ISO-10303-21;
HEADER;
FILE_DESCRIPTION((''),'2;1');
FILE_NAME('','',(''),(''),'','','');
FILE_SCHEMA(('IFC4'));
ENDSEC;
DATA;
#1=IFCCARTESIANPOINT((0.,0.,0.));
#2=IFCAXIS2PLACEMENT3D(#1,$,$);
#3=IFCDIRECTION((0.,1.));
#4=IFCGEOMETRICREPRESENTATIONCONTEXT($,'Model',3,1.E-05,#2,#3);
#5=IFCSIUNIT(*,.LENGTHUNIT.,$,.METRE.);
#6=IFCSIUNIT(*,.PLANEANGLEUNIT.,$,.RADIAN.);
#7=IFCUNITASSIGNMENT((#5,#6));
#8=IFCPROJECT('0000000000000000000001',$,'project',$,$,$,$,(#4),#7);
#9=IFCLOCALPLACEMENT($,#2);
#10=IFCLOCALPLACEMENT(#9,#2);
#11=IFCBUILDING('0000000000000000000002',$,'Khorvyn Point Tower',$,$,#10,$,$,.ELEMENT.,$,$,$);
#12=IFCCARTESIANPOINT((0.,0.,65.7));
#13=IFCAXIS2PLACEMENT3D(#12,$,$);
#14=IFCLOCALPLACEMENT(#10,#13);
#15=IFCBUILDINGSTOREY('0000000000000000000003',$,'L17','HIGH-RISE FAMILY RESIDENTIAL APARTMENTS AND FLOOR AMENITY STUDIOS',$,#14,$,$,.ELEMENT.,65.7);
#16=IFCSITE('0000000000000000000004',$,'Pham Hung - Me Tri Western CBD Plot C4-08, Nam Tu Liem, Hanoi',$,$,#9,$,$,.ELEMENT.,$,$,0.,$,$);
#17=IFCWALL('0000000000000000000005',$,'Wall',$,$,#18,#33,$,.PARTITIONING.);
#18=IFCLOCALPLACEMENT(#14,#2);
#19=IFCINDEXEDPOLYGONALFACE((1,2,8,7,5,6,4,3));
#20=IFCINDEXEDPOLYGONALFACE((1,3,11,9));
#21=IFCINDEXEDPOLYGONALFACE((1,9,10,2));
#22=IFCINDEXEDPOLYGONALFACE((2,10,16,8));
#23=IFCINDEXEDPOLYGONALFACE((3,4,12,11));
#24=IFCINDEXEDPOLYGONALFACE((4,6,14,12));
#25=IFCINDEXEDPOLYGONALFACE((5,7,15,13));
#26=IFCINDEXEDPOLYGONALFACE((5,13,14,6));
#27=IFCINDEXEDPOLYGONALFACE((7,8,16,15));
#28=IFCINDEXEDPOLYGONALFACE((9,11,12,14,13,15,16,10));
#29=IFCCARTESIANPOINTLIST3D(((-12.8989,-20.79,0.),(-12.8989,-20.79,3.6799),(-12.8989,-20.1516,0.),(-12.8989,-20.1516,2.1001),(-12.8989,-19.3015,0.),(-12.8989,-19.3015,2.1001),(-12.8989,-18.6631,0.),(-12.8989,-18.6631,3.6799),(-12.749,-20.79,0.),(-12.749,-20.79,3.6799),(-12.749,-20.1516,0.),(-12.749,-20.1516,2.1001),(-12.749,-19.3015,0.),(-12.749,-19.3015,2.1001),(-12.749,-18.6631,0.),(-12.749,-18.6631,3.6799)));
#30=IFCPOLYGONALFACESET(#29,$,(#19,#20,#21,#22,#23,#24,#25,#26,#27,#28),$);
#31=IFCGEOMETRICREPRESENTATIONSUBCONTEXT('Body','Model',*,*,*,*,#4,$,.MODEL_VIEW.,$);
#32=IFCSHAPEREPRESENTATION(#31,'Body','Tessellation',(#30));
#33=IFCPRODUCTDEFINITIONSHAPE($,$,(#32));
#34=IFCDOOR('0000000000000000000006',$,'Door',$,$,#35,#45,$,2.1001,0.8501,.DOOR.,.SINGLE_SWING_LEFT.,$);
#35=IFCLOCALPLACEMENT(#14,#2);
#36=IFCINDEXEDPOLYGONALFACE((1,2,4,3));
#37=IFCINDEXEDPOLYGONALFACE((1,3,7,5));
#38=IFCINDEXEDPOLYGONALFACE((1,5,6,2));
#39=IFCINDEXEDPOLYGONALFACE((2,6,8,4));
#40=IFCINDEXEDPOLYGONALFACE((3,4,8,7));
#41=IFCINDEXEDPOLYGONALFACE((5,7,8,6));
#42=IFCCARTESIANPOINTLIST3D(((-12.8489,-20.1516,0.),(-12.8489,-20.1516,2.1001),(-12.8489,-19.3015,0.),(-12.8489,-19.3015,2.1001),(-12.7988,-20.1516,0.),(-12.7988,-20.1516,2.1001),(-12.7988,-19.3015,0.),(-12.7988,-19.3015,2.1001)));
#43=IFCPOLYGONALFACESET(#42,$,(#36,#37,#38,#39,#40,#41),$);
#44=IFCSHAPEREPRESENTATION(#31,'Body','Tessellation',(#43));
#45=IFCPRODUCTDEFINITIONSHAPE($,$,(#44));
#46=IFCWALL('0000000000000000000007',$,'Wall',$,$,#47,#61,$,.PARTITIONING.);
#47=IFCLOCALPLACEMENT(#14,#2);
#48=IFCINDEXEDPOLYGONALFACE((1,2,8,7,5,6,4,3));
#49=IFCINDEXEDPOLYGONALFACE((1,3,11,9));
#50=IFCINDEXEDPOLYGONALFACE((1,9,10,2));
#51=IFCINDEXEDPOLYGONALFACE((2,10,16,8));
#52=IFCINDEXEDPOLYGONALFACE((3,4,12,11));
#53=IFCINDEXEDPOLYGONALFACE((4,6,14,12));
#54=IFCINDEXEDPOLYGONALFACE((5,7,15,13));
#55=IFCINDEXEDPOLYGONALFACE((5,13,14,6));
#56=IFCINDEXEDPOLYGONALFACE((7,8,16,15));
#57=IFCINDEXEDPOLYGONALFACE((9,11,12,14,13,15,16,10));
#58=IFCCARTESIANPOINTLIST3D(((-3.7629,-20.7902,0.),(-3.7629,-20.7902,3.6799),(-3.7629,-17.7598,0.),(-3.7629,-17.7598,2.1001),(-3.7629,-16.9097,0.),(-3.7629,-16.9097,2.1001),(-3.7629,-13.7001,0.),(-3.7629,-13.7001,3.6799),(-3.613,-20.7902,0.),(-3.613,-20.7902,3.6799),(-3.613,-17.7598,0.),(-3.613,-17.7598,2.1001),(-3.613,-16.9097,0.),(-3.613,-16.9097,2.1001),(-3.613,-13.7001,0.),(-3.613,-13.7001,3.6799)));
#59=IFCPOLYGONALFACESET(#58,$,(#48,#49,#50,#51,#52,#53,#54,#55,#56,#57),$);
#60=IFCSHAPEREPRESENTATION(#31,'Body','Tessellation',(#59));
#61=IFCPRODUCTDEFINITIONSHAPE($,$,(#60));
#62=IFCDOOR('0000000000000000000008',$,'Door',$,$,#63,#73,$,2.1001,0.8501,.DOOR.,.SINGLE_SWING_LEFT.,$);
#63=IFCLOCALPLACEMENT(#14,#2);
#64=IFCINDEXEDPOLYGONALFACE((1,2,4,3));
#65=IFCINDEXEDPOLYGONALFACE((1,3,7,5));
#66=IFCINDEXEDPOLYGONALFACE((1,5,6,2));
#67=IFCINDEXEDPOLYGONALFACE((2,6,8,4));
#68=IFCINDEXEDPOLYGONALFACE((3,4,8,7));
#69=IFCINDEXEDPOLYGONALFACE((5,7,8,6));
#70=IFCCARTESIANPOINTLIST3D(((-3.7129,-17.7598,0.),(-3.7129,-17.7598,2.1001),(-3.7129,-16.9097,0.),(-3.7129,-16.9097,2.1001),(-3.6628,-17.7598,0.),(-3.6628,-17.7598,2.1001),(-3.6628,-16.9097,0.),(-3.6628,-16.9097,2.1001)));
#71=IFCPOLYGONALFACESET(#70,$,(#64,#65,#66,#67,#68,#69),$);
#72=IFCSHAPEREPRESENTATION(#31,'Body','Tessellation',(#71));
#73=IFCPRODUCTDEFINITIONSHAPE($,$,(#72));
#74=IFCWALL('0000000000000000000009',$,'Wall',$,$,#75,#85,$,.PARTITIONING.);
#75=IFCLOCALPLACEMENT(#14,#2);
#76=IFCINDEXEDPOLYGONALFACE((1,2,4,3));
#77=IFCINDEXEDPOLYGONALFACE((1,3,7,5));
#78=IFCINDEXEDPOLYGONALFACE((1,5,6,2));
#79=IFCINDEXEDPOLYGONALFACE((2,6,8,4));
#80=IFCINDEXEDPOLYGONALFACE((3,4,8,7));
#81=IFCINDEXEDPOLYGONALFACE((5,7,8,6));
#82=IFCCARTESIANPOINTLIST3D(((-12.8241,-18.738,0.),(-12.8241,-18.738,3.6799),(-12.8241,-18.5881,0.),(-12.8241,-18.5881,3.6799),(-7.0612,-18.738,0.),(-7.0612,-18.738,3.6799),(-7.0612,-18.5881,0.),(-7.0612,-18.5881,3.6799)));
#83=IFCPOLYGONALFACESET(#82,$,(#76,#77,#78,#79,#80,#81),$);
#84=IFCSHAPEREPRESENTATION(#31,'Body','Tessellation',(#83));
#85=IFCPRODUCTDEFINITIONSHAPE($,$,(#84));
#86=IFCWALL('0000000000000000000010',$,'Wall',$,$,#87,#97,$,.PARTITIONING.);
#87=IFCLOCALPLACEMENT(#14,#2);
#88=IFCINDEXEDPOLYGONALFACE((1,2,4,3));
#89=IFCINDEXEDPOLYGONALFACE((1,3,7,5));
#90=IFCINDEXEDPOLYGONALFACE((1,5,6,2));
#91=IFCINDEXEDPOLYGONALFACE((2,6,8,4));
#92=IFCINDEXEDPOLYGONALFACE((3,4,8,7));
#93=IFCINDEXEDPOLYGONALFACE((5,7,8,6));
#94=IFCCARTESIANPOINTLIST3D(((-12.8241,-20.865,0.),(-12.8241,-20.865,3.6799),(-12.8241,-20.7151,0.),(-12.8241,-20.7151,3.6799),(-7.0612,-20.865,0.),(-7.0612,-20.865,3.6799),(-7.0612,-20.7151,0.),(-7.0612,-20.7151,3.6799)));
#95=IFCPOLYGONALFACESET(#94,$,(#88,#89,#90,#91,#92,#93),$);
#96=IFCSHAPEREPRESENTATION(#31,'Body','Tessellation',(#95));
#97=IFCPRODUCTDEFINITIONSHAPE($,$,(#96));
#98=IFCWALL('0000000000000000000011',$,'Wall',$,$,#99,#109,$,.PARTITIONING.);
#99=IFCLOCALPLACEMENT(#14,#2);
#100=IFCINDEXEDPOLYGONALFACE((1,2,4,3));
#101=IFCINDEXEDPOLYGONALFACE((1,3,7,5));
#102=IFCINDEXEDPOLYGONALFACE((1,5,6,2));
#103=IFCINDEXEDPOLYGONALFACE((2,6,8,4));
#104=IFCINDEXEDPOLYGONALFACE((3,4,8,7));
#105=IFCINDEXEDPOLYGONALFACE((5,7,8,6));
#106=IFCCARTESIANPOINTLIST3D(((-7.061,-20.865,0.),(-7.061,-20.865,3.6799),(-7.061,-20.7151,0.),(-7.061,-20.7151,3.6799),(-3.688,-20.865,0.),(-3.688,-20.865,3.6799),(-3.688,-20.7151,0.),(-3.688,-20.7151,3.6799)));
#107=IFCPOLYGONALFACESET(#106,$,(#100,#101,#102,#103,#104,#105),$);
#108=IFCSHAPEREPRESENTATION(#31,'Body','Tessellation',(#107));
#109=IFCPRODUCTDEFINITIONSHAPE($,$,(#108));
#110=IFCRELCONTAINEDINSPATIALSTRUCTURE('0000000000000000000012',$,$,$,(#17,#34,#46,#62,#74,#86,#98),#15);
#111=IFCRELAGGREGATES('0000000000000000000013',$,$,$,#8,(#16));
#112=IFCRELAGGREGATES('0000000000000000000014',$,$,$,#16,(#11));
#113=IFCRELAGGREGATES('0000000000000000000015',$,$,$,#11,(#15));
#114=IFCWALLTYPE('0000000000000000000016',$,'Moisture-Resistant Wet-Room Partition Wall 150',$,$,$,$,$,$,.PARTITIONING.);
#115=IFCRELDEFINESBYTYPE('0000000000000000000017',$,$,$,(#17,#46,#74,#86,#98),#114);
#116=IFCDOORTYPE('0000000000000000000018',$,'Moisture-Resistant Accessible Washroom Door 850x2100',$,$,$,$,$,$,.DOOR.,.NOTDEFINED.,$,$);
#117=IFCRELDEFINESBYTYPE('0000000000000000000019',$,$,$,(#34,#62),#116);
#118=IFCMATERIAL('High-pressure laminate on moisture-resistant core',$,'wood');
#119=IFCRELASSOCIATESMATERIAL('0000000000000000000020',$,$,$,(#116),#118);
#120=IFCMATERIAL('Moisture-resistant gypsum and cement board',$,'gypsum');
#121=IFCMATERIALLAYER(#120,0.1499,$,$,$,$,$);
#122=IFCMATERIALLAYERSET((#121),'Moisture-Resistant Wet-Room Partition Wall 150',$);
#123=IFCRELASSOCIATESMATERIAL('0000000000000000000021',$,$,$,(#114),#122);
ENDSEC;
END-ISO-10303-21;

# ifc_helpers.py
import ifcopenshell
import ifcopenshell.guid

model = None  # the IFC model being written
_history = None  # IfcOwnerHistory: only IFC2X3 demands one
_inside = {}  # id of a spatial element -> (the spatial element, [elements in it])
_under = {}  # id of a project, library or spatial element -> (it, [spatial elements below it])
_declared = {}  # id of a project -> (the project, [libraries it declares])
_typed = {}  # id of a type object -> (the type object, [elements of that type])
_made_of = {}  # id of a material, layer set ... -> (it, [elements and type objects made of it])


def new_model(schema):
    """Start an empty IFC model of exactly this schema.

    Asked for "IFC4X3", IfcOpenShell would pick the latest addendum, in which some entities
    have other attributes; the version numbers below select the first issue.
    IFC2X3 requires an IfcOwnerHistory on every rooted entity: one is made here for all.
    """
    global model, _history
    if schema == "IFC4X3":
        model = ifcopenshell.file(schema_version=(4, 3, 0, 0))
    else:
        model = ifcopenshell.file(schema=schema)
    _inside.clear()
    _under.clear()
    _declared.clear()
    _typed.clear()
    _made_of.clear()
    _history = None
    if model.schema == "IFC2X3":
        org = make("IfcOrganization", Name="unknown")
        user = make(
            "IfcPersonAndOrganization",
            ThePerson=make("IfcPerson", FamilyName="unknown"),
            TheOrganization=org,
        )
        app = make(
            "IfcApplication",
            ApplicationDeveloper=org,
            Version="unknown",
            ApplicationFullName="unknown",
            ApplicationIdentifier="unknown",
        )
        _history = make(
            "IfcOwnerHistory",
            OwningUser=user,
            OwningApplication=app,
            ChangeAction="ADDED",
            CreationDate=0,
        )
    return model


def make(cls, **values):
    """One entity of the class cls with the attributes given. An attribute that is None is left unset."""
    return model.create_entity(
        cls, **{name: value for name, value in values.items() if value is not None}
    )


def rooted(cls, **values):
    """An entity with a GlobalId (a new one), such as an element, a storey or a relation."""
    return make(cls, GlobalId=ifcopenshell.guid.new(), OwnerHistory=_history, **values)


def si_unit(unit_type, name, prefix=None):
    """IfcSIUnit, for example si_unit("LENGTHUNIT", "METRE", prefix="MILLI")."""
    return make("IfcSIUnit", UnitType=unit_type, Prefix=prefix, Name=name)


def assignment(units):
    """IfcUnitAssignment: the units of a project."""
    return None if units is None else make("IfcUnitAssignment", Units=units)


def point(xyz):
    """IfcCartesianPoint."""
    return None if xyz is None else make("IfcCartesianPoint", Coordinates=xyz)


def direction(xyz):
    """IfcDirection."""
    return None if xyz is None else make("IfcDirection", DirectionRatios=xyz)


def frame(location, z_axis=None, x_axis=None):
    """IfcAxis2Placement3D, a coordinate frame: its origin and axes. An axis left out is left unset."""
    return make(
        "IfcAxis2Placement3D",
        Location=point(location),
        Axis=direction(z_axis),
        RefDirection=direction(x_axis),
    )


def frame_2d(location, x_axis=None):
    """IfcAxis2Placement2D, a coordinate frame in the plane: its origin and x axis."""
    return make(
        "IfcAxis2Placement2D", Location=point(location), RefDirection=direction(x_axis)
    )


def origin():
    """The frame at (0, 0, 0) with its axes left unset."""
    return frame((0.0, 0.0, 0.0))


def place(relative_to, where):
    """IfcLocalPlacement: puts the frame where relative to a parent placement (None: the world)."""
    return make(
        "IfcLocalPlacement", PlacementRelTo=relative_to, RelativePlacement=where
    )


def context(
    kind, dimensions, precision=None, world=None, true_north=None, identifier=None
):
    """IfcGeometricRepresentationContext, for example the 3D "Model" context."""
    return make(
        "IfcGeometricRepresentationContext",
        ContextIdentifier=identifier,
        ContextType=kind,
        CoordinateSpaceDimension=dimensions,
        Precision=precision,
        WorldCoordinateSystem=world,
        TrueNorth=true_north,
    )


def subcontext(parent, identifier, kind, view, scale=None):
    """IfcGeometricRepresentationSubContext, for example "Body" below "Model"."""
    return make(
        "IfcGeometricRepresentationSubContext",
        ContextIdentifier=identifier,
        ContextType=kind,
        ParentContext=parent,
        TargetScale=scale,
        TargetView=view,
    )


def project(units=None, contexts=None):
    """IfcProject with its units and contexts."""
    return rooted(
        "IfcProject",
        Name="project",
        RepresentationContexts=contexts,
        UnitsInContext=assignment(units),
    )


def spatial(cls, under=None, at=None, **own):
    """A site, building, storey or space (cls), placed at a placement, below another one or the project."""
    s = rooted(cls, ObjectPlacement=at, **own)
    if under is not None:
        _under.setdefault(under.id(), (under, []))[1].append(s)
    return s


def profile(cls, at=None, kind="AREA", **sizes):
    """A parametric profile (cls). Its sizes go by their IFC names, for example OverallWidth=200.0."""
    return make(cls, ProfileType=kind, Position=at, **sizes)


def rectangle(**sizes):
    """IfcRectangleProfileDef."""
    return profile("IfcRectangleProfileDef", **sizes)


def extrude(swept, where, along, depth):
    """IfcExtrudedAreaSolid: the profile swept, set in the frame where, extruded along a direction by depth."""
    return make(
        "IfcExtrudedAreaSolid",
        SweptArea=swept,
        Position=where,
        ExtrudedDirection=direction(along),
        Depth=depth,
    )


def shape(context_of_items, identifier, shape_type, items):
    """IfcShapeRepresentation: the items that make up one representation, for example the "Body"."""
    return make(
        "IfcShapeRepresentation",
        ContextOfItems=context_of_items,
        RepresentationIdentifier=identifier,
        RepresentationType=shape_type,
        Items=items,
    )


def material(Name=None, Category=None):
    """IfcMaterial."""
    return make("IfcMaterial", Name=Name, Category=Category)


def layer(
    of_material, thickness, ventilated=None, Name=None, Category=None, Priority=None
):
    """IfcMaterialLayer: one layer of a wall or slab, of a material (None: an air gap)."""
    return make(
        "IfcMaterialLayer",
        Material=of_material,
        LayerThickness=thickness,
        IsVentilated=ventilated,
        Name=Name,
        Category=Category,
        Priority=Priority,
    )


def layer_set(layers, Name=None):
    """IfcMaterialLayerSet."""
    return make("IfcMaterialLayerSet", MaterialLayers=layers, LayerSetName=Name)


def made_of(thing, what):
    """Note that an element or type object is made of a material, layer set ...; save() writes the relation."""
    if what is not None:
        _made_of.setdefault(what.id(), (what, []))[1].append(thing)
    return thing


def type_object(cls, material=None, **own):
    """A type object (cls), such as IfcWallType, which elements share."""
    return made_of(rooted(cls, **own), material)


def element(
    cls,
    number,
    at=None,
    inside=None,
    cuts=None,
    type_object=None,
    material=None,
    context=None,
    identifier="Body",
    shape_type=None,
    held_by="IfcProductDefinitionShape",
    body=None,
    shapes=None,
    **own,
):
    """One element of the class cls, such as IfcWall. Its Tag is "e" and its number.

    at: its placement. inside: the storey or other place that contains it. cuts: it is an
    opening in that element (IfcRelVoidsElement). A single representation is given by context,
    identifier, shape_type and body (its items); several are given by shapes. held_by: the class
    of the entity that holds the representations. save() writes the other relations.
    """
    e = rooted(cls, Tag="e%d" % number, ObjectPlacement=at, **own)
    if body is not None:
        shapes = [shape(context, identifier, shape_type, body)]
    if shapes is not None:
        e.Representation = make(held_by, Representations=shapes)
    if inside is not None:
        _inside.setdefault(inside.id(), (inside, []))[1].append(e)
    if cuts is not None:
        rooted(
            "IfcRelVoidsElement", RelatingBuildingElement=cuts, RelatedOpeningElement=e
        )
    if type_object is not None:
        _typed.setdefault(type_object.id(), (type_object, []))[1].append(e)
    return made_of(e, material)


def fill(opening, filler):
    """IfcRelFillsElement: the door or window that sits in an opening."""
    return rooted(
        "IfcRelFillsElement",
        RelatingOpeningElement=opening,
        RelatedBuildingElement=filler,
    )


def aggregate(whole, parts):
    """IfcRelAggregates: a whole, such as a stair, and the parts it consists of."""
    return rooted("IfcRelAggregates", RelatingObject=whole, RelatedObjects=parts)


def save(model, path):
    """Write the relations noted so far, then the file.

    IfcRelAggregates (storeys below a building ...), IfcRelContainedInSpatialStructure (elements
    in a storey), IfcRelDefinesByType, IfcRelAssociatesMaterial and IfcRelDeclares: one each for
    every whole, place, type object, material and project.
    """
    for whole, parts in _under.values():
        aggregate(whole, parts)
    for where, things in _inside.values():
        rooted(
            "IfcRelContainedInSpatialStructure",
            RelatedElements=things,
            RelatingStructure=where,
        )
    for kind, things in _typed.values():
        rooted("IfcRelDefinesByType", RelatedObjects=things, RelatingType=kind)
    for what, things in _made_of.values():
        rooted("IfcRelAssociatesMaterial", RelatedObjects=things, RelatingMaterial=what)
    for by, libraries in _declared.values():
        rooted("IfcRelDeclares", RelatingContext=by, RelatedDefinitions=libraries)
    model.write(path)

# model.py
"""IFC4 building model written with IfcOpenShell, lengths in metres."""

from ifc_helpers import new_model, si_unit, direction, frame, frame_2d, origin, place, context, subcontext, project, spatial, rectangle, extrude, material, layer, layer_set, type_object, element, fill, save


model = new_model("IFC4")

# Units and contexts
model_context = context("Model", 3, precision=1e-05, world=origin(), true_north=direction((0.0, 1.0)))
body_context = subcontext(model_context, "Body", "Model", "MODEL_VIEW")
ifc_project = project(units=[si_unit("LENGTHUNIT", "METRE"), si_unit("PLANEANGLEUNIT", "RADIAN")], contexts=[model_context])

# Site, building, storey
site_placement = place(None, origin())
site = spatial("IfcSite", under=ifc_project, at=site_placement, Name="Pham Hung - Me Tri Western CBD Plot C4-08, Nam Tu Liem, Hanoi", CompositionType="ELEMENT", RefElevation=0.0)
building_placement = place(site_placement, origin())
building = spatial("IfcBuilding", under=site, at=building_placement, Name="Khorvyn Point Tower", CompositionType="ELEMENT")
storey_placement = place(building_placement, frame((0.0, 0.0, 65.7)))
storey = spatial("IfcBuildingStorey", under=building, at=storey_placement, Name="L17", Description="HIGH-RISE FAMILY RESIDENTIAL APARTMENTS AND FLOOR AMENITY STUDIOS", CompositionType="ELEMENT", Elevation=65.7)

# Walls, openings, doors
ifc_material_1 = material(Name="High-pressure laminate on moisture-resistant core", Category="wood")
door_type_1 = type_object("IfcDoorType", Name="Moisture-Resistant Accessible Washroom Door 850x2100", OperationType="NOTDEFINED", PredefinedType="DOOR", material=ifc_material_1)
ifc_material_2 = material(Name="Moisture-resistant gypsum and cement board", Category="gypsum")
ifc_layer_1 = layer(ifc_material_2, 0.1499)
ifc_layer_set_1 = layer_set([ifc_layer_1], Name="Moisture-Resistant Wet-Room Partition Wall 150")
wall_type_1 = type_object("IfcWallType", Name="Moisture-Resistant Wet-Room Partition Wall 150", PredefinedType="PARTITIONING", material=ifc_layer_set_1)
wall_1_placement = place(storey_placement, frame((-12.824, -20.79, 0.0), z_axis=(0.0, 0.0, 1.0), x_axis=(0.0, 1.0, 0.0)))
wall_1 = element("IfcWall", 1, at=wall_1_placement, inside=storey, type_object=wall_type_1, Name="Wall", PredefinedType="PARTITIONING", context=body_context, shape_type="SweptSolid", body=[
    extrude(rectangle(XDim=2.127, YDim=0.1499, at=frame_2d((1.0635, 0.0))), origin(), (0.0, 0.0, 1.0), 3.6799),
])
opening_1_placement = place(wall_1_placement, frame((0.6384, 0.0, 0.0)))
opening_1 = element("IfcOpeningElement", 2, at=opening_1_placement, cuts=wall_1, PredefinedType="OPENING", context=body_context, shape_type="SweptSolid", body=[
    extrude(rectangle(XDim=0.8501, YDim=2.1001, at=frame_2d((0.425, 1.05))), frame((0.0, 0.085, 0.0), z_axis=(0.0, -1.0, 0.0), x_axis=(1.0, 0.0, 0.0)), (0.0, 0.0, 1.0), 0.1699),
])
door_1_placement = place(opening_1_placement, origin())
door_1 = element("IfcDoor", 3, at=door_1_placement, inside=storey, type_object=door_type_1, Name="Door", OperationType="SINGLE_SWING_LEFT", OverallHeight=2.1001, OverallWidth=0.8501, PredefinedType="DOOR", context=body_context, shape_type="SweptSolid", body=[
    extrude(rectangle(XDim=0.8501, YDim=2.1001, at=frame_2d((0.425, 1.05))), frame((0.0, 0.0249, 0.0), z_axis=(0.0, -1.0, 0.0), x_axis=(1.0, 0.0, 0.0)), (0.0, 0.0, 1.0), 0.05),
])
fill(opening_1, door_1)
wall_2_placement = place(storey_placement, frame((-3.688, -20.79, 0.0), z_axis=(0.0, 0.0, 1.0), x_axis=(0.0, 1.0, 0.0)))
wall_2 = element("IfcWall", 4, at=wall_2_placement, inside=storey, type_object=wall_type_1, Name="Wall", PredefinedType="PARTITIONING", context=body_context, shape_type="SweptSolid", body=[
    extrude(rectangle(XDim=7.0901, YDim=0.1499, at=frame_2d((3.5449, 0.0))), origin(), (0.0, 0.0, 1.0), 3.6799),
])
opening_2_placement = place(wall_2_placement, frame((3.0303, 0.0, 0.0)))
opening_2 = element("IfcOpeningElement", 5, at=opening_2_placement, cuts=wall_2, PredefinedType="OPENING", context=body_context, shape_type="SweptSolid", body=[
    extrude(rectangle(XDim=0.8501, YDim=2.1001, at=frame_2d((0.425, 1.05))), frame((0.0, 0.085, 0.0), z_axis=(0.0, -1.0, 0.0), x_axis=(1.0, 0.0, 0.0)), (0.0, 0.0, 1.0), 0.1699),
])
door_2_placement = place(opening_2_placement, origin())
door_2 = element("IfcDoor", 6, at=door_2_placement, inside=storey, type_object=door_type_1, Name="Door", OperationType="SINGLE_SWING_LEFT", OverallHeight=2.1001, OverallWidth=0.8501, PredefinedType="DOOR", context=body_context, shape_type="SweptSolid", body=[
    extrude(rectangle(XDim=0.8501, YDim=2.1001, at=frame_2d((0.425, 1.05))), frame((0.0, 0.0249, 0.0), z_axis=(0.0, -1.0, 0.0), x_axis=(1.0, 0.0, 0.0)), (0.0, 0.0, 1.0), 0.05),
])
fill(opening_2, door_2)

# Walls
for number, where, z_axis, x_axis, name in (
    (7, (-12.824, -18.6631, 0.0), (0.0, 0.0, 1.0), (1.0, 0.0, 0.0), "Wall"),
    (8, (-12.824, -20.79, 0.0), (0.0, 0.0, 1.0), (1.0, 0.0, 0.0), "Wall"),
):
    element("IfcWall", number, at=place(storey_placement, frame(where, z_axis=z_axis, x_axis=x_axis)), inside=storey, type_object=wall_type_1, Name=name, PredefinedType="PARTITIONING", context=body_context, shape_type="SweptSolid", body=[
        extrude(rectangle(XDim=5.7629, YDim=0.1499, at=frame_2d((2.8813, 0.0))), origin(), (0.0, 0.0, 1.0), 3.6799),
    ])
wall_3_placement = place(storey_placement, frame((-7.061, -20.79, 0.0), z_axis=(0.0, 0.0, 1.0), x_axis=(1.0, 0.0, 0.0)))
element("IfcWall", 9, at=wall_3_placement, inside=storey, type_object=wall_type_1, Name="Wall", PredefinedType="PARTITIONING", context=body_context, shape_type="SweptSolid", body=[
    extrude(rectangle(XDim=3.373, YDim=0.1499, at=frame_2d((1.6865, 0.0))), origin(), (0.0, 0.0, 1.0), 3.6799),
])

save(model, "model.ifc")
